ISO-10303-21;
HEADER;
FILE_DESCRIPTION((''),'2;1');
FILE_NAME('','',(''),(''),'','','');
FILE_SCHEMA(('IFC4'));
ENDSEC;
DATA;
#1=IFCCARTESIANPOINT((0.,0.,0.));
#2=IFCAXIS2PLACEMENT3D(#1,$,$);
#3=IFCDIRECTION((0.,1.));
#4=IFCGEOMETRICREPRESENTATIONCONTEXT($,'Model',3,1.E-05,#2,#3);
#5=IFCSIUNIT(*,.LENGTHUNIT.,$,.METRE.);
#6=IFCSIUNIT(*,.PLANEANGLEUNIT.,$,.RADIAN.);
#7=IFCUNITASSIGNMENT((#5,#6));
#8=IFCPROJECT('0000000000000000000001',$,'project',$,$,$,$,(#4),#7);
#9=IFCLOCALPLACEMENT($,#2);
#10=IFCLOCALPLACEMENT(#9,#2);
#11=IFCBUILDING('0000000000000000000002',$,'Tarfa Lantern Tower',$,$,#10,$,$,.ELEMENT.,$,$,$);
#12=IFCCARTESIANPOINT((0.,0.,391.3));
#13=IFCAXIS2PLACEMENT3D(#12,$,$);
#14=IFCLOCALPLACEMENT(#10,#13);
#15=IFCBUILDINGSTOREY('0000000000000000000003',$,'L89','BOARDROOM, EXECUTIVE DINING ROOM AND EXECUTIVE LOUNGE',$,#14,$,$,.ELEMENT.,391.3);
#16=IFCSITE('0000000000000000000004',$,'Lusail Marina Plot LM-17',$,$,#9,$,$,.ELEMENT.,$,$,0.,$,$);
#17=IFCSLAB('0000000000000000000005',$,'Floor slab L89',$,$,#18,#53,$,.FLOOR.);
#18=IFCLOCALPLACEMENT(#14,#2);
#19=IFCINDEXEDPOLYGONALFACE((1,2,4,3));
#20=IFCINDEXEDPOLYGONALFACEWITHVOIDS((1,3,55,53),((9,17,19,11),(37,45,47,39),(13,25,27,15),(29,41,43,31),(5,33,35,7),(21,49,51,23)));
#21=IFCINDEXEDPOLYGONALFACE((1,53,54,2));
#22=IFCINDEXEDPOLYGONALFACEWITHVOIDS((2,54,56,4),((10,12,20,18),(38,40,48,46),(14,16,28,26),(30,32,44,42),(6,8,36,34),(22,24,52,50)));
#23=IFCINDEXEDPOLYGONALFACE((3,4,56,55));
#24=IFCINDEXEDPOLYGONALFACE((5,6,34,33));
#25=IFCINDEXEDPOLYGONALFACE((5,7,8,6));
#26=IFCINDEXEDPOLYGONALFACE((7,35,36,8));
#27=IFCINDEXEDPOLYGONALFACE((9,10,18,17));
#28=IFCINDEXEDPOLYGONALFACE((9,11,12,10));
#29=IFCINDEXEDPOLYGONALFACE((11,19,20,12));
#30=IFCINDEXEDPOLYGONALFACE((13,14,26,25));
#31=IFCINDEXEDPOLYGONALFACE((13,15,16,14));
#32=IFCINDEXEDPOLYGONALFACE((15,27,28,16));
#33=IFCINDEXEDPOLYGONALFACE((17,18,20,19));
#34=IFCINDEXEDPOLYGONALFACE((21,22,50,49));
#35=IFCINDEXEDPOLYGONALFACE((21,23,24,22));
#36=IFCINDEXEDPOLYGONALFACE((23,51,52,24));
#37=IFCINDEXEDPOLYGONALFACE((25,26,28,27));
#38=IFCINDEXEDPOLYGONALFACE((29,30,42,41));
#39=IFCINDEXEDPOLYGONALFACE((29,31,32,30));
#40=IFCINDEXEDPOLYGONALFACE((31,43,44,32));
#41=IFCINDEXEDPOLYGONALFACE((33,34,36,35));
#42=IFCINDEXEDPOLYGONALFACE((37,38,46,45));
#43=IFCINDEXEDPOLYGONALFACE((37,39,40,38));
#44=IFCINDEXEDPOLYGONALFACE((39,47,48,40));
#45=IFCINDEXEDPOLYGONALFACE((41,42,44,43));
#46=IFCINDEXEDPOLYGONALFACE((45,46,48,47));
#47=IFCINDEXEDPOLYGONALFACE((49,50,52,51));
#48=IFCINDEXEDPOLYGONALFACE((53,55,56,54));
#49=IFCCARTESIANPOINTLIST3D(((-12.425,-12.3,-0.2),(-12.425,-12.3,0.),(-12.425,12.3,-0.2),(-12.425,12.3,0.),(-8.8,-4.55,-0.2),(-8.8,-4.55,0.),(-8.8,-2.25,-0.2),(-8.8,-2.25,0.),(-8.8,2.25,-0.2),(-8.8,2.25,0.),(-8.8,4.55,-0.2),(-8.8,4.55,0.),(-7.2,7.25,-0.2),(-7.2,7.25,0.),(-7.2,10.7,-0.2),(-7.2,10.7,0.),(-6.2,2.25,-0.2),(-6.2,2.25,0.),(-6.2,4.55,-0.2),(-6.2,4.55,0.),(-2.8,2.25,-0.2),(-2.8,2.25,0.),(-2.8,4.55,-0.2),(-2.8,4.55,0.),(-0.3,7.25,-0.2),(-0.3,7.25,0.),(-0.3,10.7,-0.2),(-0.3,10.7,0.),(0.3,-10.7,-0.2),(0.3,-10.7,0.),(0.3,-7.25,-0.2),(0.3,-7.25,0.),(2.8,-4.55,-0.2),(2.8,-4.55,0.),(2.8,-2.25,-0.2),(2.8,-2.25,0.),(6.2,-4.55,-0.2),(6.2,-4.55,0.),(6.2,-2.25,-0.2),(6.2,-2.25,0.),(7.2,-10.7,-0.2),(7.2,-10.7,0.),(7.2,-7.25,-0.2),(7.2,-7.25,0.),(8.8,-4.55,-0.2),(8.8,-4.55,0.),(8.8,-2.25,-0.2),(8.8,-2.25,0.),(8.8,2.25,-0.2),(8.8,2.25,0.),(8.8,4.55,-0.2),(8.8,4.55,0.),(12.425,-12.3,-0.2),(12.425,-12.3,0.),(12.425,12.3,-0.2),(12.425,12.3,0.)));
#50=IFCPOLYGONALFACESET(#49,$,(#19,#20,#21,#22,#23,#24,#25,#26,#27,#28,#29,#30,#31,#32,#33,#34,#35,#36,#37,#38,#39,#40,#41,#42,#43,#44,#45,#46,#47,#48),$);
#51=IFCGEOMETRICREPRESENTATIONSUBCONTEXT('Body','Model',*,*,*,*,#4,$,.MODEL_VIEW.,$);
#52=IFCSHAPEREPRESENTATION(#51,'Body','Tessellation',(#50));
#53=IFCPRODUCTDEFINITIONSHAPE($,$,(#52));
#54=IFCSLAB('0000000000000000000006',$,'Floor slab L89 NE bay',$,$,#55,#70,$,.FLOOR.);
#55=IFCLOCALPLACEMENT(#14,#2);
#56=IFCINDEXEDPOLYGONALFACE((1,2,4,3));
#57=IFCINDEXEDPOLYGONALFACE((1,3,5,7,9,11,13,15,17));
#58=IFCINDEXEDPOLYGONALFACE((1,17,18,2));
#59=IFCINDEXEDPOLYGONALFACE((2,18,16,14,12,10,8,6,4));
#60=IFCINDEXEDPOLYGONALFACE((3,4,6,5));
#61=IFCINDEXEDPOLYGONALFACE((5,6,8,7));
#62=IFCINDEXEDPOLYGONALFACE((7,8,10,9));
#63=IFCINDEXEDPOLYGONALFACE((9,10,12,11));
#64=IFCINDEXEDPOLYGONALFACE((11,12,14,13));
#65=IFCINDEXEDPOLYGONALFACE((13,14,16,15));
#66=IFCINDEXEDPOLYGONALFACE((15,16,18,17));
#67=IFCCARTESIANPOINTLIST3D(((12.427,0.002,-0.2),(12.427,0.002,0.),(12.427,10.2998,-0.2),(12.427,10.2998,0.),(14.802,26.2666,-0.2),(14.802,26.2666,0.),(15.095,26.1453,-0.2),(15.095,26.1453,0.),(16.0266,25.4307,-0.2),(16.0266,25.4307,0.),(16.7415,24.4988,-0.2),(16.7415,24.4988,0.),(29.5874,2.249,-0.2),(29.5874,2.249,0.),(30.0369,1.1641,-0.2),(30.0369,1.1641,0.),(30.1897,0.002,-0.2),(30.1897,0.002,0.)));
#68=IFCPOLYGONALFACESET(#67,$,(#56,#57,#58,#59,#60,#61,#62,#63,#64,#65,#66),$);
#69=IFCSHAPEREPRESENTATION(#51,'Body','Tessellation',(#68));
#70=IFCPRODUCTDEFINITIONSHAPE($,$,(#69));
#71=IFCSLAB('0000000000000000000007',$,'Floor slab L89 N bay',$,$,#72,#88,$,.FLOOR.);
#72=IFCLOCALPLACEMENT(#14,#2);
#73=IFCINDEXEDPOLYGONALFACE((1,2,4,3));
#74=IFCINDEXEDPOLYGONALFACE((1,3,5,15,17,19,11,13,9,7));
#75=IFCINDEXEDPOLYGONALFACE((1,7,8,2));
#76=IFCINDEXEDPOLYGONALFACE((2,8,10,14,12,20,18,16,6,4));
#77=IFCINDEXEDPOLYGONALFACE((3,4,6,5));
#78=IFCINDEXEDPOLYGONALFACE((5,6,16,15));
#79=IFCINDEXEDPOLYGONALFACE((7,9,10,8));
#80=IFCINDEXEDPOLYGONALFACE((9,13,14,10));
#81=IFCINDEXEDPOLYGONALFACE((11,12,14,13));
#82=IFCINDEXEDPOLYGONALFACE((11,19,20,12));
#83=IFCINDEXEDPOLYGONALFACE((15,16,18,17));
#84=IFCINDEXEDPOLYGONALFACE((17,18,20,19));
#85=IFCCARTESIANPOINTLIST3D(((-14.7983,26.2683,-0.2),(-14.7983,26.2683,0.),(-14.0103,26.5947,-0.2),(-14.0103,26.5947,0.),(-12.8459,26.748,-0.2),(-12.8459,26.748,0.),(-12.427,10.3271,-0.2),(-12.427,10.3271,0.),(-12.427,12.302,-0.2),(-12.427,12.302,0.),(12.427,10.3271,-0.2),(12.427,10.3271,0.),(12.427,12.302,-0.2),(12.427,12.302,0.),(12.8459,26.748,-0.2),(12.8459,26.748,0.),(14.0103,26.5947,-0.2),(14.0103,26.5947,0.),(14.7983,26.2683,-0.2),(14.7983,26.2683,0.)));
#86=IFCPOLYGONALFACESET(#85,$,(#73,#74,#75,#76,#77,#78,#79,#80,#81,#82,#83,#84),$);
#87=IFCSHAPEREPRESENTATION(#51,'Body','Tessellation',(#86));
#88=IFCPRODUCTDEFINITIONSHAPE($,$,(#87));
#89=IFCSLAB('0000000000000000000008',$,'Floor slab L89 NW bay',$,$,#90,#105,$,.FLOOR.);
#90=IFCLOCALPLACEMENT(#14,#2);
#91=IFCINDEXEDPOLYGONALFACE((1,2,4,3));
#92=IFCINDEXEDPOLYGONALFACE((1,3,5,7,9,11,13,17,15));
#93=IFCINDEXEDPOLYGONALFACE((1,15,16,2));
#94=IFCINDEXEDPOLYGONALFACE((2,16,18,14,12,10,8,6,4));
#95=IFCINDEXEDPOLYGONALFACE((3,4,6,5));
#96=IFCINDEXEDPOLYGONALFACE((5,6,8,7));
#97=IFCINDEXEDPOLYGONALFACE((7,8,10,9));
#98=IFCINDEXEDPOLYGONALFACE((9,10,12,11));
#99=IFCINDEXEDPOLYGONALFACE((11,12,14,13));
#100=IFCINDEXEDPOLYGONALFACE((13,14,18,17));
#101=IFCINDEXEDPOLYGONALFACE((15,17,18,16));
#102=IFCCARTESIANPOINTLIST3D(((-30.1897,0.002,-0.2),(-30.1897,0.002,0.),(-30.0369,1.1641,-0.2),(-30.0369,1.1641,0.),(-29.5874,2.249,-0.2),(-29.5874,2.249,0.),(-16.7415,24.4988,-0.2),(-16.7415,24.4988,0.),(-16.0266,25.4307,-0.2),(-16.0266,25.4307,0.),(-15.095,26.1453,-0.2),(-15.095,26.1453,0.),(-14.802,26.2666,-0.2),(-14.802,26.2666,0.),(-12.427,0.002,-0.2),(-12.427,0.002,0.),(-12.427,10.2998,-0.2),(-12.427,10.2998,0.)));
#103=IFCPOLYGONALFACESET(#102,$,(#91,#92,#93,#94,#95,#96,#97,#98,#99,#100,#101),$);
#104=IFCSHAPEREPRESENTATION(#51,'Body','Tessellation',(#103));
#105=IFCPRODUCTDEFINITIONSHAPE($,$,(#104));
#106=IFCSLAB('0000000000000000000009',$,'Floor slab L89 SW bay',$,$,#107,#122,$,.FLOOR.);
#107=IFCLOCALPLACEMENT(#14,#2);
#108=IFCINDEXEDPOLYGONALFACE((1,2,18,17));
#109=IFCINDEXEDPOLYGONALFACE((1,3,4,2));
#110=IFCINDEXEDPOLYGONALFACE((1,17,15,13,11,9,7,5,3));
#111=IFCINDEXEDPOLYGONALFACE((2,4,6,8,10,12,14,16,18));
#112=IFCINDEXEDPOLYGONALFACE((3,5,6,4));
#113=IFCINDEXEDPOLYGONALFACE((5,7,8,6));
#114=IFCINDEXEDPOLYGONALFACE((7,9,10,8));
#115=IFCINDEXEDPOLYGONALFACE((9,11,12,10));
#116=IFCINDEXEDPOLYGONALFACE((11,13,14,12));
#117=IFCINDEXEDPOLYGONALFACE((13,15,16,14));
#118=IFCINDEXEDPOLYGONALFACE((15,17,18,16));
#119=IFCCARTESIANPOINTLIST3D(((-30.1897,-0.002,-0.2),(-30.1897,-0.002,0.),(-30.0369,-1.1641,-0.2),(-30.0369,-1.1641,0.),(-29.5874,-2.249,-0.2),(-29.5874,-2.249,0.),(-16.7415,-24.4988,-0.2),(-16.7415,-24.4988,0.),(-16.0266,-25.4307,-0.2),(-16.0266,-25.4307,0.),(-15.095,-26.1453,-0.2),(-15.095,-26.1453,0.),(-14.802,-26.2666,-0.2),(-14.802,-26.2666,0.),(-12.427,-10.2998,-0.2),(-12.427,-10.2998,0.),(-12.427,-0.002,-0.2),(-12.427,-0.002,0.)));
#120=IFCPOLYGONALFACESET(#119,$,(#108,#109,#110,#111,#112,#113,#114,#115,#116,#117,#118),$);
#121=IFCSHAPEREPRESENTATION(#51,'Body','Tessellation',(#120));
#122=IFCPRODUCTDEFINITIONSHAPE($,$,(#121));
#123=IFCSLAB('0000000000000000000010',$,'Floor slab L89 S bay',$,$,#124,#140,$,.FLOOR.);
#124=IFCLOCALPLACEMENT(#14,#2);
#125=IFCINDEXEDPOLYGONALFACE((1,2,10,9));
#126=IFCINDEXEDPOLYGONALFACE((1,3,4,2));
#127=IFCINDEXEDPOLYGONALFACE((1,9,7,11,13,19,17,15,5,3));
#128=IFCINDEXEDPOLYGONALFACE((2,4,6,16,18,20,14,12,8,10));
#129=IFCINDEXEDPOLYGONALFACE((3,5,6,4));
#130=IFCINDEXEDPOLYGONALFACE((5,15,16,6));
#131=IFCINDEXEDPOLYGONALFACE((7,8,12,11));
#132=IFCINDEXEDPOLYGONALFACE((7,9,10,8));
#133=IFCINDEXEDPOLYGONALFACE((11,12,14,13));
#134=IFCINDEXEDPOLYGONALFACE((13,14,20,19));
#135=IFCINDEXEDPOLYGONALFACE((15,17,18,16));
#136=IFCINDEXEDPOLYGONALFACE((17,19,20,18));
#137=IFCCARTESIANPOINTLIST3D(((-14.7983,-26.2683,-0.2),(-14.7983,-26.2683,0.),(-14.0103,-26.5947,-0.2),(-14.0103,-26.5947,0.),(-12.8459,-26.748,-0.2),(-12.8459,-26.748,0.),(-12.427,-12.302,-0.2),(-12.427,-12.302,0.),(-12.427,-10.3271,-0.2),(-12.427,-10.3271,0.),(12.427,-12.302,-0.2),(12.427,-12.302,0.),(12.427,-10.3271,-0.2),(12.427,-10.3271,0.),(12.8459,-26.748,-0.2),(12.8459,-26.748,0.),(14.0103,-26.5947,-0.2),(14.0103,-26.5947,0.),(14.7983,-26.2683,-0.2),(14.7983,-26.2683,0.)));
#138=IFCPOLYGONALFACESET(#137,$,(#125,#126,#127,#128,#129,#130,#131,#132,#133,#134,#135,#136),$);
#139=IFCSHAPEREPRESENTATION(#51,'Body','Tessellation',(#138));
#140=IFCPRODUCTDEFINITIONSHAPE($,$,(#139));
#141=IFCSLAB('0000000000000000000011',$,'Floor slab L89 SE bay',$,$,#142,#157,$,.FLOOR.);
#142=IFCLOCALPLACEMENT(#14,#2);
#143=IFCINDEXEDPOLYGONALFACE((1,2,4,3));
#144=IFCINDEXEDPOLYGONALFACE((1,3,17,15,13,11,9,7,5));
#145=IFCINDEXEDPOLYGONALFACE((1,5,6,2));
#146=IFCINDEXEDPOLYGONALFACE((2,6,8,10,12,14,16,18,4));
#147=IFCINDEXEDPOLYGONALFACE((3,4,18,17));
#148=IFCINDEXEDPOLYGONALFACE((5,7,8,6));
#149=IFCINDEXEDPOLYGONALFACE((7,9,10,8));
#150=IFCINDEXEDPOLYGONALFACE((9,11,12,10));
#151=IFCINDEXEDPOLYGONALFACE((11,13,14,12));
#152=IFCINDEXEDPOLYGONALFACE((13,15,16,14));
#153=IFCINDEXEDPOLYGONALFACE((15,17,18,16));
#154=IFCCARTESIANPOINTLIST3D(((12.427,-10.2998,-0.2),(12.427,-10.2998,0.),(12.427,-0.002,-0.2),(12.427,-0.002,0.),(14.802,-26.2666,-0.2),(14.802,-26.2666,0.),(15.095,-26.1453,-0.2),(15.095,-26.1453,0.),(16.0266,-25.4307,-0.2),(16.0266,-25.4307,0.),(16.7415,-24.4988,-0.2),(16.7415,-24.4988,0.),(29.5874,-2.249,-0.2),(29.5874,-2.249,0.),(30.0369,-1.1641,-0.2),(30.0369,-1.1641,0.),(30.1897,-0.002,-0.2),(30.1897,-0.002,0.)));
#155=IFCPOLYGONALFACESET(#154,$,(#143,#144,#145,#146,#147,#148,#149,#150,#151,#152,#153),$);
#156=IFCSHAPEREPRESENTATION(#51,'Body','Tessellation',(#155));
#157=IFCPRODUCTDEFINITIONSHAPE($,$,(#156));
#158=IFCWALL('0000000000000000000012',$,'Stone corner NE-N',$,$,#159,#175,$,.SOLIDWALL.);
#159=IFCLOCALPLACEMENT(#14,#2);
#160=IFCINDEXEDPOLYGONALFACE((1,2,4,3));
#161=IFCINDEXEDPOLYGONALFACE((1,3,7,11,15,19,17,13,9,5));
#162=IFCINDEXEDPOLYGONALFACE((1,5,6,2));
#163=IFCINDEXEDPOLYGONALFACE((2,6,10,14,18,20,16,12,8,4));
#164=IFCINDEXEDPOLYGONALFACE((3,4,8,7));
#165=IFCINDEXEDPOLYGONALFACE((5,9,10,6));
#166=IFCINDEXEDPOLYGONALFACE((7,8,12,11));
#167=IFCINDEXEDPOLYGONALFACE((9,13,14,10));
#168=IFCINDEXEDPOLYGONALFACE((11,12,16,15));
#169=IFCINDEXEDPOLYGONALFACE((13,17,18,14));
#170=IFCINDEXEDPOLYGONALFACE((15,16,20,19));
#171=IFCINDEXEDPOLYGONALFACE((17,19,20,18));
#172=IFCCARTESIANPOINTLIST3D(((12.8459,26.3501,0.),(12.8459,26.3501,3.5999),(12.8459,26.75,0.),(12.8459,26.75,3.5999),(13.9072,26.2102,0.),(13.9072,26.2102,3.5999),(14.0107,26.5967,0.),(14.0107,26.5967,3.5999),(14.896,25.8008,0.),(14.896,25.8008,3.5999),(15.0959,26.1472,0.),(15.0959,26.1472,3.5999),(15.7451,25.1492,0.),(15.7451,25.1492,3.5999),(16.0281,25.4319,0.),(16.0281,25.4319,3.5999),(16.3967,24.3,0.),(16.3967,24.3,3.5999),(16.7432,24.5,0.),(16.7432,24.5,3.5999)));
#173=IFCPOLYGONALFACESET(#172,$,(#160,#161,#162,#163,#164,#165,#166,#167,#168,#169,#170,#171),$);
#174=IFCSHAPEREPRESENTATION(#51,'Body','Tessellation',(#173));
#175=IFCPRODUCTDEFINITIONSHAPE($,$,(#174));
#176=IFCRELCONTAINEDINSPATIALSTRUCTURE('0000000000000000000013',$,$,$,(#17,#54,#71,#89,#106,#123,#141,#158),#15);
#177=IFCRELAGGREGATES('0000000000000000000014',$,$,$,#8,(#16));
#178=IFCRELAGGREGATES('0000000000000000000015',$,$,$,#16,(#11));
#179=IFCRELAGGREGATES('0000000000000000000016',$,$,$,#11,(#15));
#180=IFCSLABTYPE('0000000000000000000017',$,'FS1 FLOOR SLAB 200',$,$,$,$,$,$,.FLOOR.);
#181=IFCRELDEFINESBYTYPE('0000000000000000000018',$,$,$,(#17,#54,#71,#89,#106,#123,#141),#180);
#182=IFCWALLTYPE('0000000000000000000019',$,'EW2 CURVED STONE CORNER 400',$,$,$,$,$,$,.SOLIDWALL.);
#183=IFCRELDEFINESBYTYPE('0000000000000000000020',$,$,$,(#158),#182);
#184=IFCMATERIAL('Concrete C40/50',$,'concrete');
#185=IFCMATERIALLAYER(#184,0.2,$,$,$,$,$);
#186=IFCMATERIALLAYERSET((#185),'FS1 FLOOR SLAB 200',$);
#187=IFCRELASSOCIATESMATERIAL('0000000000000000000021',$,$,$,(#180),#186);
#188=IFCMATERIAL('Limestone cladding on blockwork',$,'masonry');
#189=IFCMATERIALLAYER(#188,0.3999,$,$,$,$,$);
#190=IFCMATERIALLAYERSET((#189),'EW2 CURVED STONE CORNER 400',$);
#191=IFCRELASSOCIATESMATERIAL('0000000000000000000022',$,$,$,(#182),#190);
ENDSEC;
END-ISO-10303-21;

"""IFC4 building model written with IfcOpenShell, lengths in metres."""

from ifc_helpers import new_model, si_unit, direction, frame, origin, place, context, subcontext, project, spatial, polyline, outline, extrude, material, layer, layer_set, type_object, element, save


model = new_model("IFC4")

# Units and contexts
model_context = context("Model", 3, precision=1e-05, world=origin(), true_north=direction((0.0, 1.0)))
body_context = subcontext(model_context, "Body", "Model", "MODEL_VIEW")
ifc_project = project(units=[si_unit("LENGTHUNIT", "METRE"), si_unit("PLANEANGLEUNIT", "RADIAN")], contexts=[model_context])

# Site, building, storey
site_placement = place(None, origin())
site = spatial("IfcSite", under=ifc_project, at=site_placement, Name="Lusail Marina Plot LM-17", CompositionType="ELEMENT", RefElevation=0.0)
building_placement = place(site_placement, origin())
building = spatial("IfcBuilding", under=site, at=building_placement, Name="Tarfa Lantern Tower", CompositionType="ELEMENT")
storey_placement = place(building_placement, frame((0.0, 0.0, 391.3)))
storey = spatial("IfcBuildingStorey", under=building, at=storey_placement, Name="L89", Description="BOARDROOM, EXECUTIVE DINING ROOM AND EXECUTIVE LOUNGE", CompositionType="ELEMENT", Elevation=391.3)

# Slabs
ifc_material_1 = material(Name="Concrete C40/50", Category="concrete")
ifc_layer_1 = layer(ifc_material_1, 0.2)
ifc_layer_set_1 = layer_set([ifc_layer_1], Name="FS1 FLOOR SLAB 200")
slab_type = type_object("IfcSlabType", Name="FS1 FLOOR SLAB 200", PredefinedType="FLOOR", material=ifc_layer_set_1)
slab_1_placement = place(storey_placement, frame((0.0, 0.0, -0.2)))
element("IfcSlab", 1, at=slab_1_placement, inside=storey, type_object=slab_type, Name="Floor slab L89", PredefinedType="FLOOR", context=body_context, shape_type="SweptSolid", body=[
    extrude(outline(polyline([(-12.425, -12.3), (12.425, -12.3), (12.425, 12.3), (-12.425, 12.3), (-12.425, -12.3)]), holes=[polyline([(-8.8, 2.25), (-6.2, 2.25), (-6.2, 4.55), (-8.8, 4.55), (-8.8, 2.25)]), polyline([(-2.8, 2.25), (8.8, 2.25), (8.8, 4.55), (-2.8, 4.55), (-2.8, 2.25)]), polyline([(8.8, -2.25), (6.2, -2.25), (6.2, -4.55), (8.8, -4.55), (8.8, -2.25)]), polyline([(2.8, -2.25), (-8.8, -2.25), (-8.8, -4.55), (2.8, -4.55), (2.8, -2.25)]), polyline([(-7.2, 7.25), (-0.3, 7.25), (-0.3, 10.7), (-7.2, 10.7), (-7.2, 7.25)]), polyline([(7.2, -7.25), (0.3, -7.25), (0.3, -10.7), (7.2, -10.7), (7.2, -7.25)])]), origin(), (0.0, 0.0, 1.0), 0.2),
])
slab_2_placement = place(storey_placement, frame((0.0, 0.0, -0.2)))
element("IfcSlab", 2, at=slab_2_placement, inside=storey, type_object=slab_type, Name="Floor slab L89 NE bay", PredefinedType="FLOOR", context=body_context, shape_type="SweptSolid", body=[
    extrude(outline(polyline([(29.5874, 2.249), (16.7415, 24.4988), (16.0266, 25.4307), (15.095, 26.1453), (14.802, 26.2666), (12.427, 10.2998), (12.427, 0.002), (30.1897, 0.002), (30.0369, 1.1641), (29.5874, 2.249)])), origin(), (0.0, 0.0, 1.0), 0.2),
])
slab_3_placement = place(storey_placement, frame((0.0, 0.0, -0.2)))
element("IfcSlab", 3, at=slab_3_placement, inside=storey, type_object=slab_type, Name="Floor slab L89 N bay", PredefinedType="FLOOR", context=body_context, shape_type="SweptSolid", body=[
    extrude(outline(polyline([(-12.427, 10.3271), (-12.427, 12.302), (12.427, 12.302), (12.427, 10.3271), (14.7983, 26.2683), (14.0103, 26.5947), (12.8459, 26.748), (-12.8459, 26.748), (-14.0103, 26.5947), (-14.7983, 26.2683), (-12.427, 10.3271)])), origin(), (0.0, 0.0, 1.0), 0.2),
])
slab_4_placement = place(storey_placement, frame((0.0, 0.0, -0.2)))
element("IfcSlab", 4, at=slab_4_placement, inside=storey, type_object=slab_type, Name="Floor slab L89 NW bay", PredefinedType="FLOOR", context=body_context, shape_type="SweptSolid", body=[
    extrude(outline(polyline([(-12.427, 0.002), (-12.427, 10.2998), (-14.802, 26.2666), (-15.095, 26.1453), (-16.0266, 25.4307), (-16.7415, 24.4988), (-29.5874, 2.249), (-30.0369, 1.1641), (-30.1897, 0.002), (-12.427, 0.002)])), origin(), (0.0, 0.0, 1.0), 0.2),
])
slab_5_placement = place(storey_placement, frame((0.0, 0.0, -0.2)))
element("IfcSlab", 5, at=slab_5_placement, inside=storey, type_object=slab_type, Name="Floor slab L89 SW bay", PredefinedType="FLOOR", context=body_context, shape_type="SweptSolid", body=[
    extrude(outline(polyline([(-12.427, -10.2998), (-12.427, -0.002), (-30.1897, -0.002), (-30.0369, -1.1641), (-29.5874, -2.249), (-16.7415, -24.4988), (-16.0266, -25.4307), (-15.095, -26.1453), (-14.802, -26.2666), (-12.427, -10.2998)])), origin(), (0.0, 0.0, 1.0), 0.2),
])
slab_6_placement = place(storey_placement, frame((0.0, 0.0, -0.2)))
element("IfcSlab", 6, at=slab_6_placement, inside=storey, type_object=slab_type, Name="Floor slab L89 S bay", PredefinedType="FLOOR", context=body_context, shape_type="SweptSolid", body=[
    extrude(outline(polyline([(12.427, -10.3271), (12.427, -12.302), (-12.427, -12.302), (-12.427, -10.3271), (-14.7983, -26.2683), (-14.0103, -26.5947), (-12.8459, -26.748), (12.8459, -26.748), (14.0103, -26.5947), (14.7983, -26.2683), (12.427, -10.3271)])), origin(), (0.0, 0.0, 1.0), 0.2),
])
slab_7_placement = place(storey_placement, frame((0.0, 0.0, -0.2)))
element("IfcSlab", 7, at=slab_7_placement, inside=storey, type_object=slab_type, Name="Floor slab L89 SE bay", PredefinedType="FLOOR", context=body_context, shape_type="SweptSolid", body=[
    extrude(outline(polyline([(12.427, -0.002), (12.427, -10.2998), (14.802, -26.2666), (15.095, -26.1453), (16.0266, -25.4307), (16.7415, -24.4988), (29.5874, -2.249), (30.0369, -1.1641), (30.1897, -0.002), (12.427, -0.002)])), origin(), (0.0, 0.0, 1.0), 0.2),
])

# Wall
ifc_material_2 = material(Name="Limestone cladding on blockwork", Category="masonry")
ifc_layer_2 = layer(ifc_material_2, 0.3999)
ifc_layer_set_2 = layer_set([ifc_layer_2], Name="EW2 CURVED STONE CORNER 400")
wall_type_1 = type_object("IfcWallType", Name="EW2 CURVED STONE CORNER 400", PredefinedType="SOLIDWALL", material=ifc_layer_set_2)
wall_1_placement = place(storey_placement, origin())
element("IfcWall", 8, at=wall_1_placement, inside=storey, type_object=wall_type_1, Name="Stone corner NE-N", PredefinedType="SOLIDWALL", context=body_context, shape_type="SweptSolid", body=[
    extrude(outline(polyline([(16.7432, 24.5), (16.0281, 25.4319), (15.0959, 26.1472), (14.0107, 26.5967), (12.8459, 26.75), (12.8459, 26.3501), (13.9072, 26.2102), (14.896, 25.8008), (15.7451, 25.1492), (16.3967, 24.3), (16.7432, 24.5)])), origin(), (0.0, 0.0, 1.0), 3.5999),
])

save(model, "model.ifc")
